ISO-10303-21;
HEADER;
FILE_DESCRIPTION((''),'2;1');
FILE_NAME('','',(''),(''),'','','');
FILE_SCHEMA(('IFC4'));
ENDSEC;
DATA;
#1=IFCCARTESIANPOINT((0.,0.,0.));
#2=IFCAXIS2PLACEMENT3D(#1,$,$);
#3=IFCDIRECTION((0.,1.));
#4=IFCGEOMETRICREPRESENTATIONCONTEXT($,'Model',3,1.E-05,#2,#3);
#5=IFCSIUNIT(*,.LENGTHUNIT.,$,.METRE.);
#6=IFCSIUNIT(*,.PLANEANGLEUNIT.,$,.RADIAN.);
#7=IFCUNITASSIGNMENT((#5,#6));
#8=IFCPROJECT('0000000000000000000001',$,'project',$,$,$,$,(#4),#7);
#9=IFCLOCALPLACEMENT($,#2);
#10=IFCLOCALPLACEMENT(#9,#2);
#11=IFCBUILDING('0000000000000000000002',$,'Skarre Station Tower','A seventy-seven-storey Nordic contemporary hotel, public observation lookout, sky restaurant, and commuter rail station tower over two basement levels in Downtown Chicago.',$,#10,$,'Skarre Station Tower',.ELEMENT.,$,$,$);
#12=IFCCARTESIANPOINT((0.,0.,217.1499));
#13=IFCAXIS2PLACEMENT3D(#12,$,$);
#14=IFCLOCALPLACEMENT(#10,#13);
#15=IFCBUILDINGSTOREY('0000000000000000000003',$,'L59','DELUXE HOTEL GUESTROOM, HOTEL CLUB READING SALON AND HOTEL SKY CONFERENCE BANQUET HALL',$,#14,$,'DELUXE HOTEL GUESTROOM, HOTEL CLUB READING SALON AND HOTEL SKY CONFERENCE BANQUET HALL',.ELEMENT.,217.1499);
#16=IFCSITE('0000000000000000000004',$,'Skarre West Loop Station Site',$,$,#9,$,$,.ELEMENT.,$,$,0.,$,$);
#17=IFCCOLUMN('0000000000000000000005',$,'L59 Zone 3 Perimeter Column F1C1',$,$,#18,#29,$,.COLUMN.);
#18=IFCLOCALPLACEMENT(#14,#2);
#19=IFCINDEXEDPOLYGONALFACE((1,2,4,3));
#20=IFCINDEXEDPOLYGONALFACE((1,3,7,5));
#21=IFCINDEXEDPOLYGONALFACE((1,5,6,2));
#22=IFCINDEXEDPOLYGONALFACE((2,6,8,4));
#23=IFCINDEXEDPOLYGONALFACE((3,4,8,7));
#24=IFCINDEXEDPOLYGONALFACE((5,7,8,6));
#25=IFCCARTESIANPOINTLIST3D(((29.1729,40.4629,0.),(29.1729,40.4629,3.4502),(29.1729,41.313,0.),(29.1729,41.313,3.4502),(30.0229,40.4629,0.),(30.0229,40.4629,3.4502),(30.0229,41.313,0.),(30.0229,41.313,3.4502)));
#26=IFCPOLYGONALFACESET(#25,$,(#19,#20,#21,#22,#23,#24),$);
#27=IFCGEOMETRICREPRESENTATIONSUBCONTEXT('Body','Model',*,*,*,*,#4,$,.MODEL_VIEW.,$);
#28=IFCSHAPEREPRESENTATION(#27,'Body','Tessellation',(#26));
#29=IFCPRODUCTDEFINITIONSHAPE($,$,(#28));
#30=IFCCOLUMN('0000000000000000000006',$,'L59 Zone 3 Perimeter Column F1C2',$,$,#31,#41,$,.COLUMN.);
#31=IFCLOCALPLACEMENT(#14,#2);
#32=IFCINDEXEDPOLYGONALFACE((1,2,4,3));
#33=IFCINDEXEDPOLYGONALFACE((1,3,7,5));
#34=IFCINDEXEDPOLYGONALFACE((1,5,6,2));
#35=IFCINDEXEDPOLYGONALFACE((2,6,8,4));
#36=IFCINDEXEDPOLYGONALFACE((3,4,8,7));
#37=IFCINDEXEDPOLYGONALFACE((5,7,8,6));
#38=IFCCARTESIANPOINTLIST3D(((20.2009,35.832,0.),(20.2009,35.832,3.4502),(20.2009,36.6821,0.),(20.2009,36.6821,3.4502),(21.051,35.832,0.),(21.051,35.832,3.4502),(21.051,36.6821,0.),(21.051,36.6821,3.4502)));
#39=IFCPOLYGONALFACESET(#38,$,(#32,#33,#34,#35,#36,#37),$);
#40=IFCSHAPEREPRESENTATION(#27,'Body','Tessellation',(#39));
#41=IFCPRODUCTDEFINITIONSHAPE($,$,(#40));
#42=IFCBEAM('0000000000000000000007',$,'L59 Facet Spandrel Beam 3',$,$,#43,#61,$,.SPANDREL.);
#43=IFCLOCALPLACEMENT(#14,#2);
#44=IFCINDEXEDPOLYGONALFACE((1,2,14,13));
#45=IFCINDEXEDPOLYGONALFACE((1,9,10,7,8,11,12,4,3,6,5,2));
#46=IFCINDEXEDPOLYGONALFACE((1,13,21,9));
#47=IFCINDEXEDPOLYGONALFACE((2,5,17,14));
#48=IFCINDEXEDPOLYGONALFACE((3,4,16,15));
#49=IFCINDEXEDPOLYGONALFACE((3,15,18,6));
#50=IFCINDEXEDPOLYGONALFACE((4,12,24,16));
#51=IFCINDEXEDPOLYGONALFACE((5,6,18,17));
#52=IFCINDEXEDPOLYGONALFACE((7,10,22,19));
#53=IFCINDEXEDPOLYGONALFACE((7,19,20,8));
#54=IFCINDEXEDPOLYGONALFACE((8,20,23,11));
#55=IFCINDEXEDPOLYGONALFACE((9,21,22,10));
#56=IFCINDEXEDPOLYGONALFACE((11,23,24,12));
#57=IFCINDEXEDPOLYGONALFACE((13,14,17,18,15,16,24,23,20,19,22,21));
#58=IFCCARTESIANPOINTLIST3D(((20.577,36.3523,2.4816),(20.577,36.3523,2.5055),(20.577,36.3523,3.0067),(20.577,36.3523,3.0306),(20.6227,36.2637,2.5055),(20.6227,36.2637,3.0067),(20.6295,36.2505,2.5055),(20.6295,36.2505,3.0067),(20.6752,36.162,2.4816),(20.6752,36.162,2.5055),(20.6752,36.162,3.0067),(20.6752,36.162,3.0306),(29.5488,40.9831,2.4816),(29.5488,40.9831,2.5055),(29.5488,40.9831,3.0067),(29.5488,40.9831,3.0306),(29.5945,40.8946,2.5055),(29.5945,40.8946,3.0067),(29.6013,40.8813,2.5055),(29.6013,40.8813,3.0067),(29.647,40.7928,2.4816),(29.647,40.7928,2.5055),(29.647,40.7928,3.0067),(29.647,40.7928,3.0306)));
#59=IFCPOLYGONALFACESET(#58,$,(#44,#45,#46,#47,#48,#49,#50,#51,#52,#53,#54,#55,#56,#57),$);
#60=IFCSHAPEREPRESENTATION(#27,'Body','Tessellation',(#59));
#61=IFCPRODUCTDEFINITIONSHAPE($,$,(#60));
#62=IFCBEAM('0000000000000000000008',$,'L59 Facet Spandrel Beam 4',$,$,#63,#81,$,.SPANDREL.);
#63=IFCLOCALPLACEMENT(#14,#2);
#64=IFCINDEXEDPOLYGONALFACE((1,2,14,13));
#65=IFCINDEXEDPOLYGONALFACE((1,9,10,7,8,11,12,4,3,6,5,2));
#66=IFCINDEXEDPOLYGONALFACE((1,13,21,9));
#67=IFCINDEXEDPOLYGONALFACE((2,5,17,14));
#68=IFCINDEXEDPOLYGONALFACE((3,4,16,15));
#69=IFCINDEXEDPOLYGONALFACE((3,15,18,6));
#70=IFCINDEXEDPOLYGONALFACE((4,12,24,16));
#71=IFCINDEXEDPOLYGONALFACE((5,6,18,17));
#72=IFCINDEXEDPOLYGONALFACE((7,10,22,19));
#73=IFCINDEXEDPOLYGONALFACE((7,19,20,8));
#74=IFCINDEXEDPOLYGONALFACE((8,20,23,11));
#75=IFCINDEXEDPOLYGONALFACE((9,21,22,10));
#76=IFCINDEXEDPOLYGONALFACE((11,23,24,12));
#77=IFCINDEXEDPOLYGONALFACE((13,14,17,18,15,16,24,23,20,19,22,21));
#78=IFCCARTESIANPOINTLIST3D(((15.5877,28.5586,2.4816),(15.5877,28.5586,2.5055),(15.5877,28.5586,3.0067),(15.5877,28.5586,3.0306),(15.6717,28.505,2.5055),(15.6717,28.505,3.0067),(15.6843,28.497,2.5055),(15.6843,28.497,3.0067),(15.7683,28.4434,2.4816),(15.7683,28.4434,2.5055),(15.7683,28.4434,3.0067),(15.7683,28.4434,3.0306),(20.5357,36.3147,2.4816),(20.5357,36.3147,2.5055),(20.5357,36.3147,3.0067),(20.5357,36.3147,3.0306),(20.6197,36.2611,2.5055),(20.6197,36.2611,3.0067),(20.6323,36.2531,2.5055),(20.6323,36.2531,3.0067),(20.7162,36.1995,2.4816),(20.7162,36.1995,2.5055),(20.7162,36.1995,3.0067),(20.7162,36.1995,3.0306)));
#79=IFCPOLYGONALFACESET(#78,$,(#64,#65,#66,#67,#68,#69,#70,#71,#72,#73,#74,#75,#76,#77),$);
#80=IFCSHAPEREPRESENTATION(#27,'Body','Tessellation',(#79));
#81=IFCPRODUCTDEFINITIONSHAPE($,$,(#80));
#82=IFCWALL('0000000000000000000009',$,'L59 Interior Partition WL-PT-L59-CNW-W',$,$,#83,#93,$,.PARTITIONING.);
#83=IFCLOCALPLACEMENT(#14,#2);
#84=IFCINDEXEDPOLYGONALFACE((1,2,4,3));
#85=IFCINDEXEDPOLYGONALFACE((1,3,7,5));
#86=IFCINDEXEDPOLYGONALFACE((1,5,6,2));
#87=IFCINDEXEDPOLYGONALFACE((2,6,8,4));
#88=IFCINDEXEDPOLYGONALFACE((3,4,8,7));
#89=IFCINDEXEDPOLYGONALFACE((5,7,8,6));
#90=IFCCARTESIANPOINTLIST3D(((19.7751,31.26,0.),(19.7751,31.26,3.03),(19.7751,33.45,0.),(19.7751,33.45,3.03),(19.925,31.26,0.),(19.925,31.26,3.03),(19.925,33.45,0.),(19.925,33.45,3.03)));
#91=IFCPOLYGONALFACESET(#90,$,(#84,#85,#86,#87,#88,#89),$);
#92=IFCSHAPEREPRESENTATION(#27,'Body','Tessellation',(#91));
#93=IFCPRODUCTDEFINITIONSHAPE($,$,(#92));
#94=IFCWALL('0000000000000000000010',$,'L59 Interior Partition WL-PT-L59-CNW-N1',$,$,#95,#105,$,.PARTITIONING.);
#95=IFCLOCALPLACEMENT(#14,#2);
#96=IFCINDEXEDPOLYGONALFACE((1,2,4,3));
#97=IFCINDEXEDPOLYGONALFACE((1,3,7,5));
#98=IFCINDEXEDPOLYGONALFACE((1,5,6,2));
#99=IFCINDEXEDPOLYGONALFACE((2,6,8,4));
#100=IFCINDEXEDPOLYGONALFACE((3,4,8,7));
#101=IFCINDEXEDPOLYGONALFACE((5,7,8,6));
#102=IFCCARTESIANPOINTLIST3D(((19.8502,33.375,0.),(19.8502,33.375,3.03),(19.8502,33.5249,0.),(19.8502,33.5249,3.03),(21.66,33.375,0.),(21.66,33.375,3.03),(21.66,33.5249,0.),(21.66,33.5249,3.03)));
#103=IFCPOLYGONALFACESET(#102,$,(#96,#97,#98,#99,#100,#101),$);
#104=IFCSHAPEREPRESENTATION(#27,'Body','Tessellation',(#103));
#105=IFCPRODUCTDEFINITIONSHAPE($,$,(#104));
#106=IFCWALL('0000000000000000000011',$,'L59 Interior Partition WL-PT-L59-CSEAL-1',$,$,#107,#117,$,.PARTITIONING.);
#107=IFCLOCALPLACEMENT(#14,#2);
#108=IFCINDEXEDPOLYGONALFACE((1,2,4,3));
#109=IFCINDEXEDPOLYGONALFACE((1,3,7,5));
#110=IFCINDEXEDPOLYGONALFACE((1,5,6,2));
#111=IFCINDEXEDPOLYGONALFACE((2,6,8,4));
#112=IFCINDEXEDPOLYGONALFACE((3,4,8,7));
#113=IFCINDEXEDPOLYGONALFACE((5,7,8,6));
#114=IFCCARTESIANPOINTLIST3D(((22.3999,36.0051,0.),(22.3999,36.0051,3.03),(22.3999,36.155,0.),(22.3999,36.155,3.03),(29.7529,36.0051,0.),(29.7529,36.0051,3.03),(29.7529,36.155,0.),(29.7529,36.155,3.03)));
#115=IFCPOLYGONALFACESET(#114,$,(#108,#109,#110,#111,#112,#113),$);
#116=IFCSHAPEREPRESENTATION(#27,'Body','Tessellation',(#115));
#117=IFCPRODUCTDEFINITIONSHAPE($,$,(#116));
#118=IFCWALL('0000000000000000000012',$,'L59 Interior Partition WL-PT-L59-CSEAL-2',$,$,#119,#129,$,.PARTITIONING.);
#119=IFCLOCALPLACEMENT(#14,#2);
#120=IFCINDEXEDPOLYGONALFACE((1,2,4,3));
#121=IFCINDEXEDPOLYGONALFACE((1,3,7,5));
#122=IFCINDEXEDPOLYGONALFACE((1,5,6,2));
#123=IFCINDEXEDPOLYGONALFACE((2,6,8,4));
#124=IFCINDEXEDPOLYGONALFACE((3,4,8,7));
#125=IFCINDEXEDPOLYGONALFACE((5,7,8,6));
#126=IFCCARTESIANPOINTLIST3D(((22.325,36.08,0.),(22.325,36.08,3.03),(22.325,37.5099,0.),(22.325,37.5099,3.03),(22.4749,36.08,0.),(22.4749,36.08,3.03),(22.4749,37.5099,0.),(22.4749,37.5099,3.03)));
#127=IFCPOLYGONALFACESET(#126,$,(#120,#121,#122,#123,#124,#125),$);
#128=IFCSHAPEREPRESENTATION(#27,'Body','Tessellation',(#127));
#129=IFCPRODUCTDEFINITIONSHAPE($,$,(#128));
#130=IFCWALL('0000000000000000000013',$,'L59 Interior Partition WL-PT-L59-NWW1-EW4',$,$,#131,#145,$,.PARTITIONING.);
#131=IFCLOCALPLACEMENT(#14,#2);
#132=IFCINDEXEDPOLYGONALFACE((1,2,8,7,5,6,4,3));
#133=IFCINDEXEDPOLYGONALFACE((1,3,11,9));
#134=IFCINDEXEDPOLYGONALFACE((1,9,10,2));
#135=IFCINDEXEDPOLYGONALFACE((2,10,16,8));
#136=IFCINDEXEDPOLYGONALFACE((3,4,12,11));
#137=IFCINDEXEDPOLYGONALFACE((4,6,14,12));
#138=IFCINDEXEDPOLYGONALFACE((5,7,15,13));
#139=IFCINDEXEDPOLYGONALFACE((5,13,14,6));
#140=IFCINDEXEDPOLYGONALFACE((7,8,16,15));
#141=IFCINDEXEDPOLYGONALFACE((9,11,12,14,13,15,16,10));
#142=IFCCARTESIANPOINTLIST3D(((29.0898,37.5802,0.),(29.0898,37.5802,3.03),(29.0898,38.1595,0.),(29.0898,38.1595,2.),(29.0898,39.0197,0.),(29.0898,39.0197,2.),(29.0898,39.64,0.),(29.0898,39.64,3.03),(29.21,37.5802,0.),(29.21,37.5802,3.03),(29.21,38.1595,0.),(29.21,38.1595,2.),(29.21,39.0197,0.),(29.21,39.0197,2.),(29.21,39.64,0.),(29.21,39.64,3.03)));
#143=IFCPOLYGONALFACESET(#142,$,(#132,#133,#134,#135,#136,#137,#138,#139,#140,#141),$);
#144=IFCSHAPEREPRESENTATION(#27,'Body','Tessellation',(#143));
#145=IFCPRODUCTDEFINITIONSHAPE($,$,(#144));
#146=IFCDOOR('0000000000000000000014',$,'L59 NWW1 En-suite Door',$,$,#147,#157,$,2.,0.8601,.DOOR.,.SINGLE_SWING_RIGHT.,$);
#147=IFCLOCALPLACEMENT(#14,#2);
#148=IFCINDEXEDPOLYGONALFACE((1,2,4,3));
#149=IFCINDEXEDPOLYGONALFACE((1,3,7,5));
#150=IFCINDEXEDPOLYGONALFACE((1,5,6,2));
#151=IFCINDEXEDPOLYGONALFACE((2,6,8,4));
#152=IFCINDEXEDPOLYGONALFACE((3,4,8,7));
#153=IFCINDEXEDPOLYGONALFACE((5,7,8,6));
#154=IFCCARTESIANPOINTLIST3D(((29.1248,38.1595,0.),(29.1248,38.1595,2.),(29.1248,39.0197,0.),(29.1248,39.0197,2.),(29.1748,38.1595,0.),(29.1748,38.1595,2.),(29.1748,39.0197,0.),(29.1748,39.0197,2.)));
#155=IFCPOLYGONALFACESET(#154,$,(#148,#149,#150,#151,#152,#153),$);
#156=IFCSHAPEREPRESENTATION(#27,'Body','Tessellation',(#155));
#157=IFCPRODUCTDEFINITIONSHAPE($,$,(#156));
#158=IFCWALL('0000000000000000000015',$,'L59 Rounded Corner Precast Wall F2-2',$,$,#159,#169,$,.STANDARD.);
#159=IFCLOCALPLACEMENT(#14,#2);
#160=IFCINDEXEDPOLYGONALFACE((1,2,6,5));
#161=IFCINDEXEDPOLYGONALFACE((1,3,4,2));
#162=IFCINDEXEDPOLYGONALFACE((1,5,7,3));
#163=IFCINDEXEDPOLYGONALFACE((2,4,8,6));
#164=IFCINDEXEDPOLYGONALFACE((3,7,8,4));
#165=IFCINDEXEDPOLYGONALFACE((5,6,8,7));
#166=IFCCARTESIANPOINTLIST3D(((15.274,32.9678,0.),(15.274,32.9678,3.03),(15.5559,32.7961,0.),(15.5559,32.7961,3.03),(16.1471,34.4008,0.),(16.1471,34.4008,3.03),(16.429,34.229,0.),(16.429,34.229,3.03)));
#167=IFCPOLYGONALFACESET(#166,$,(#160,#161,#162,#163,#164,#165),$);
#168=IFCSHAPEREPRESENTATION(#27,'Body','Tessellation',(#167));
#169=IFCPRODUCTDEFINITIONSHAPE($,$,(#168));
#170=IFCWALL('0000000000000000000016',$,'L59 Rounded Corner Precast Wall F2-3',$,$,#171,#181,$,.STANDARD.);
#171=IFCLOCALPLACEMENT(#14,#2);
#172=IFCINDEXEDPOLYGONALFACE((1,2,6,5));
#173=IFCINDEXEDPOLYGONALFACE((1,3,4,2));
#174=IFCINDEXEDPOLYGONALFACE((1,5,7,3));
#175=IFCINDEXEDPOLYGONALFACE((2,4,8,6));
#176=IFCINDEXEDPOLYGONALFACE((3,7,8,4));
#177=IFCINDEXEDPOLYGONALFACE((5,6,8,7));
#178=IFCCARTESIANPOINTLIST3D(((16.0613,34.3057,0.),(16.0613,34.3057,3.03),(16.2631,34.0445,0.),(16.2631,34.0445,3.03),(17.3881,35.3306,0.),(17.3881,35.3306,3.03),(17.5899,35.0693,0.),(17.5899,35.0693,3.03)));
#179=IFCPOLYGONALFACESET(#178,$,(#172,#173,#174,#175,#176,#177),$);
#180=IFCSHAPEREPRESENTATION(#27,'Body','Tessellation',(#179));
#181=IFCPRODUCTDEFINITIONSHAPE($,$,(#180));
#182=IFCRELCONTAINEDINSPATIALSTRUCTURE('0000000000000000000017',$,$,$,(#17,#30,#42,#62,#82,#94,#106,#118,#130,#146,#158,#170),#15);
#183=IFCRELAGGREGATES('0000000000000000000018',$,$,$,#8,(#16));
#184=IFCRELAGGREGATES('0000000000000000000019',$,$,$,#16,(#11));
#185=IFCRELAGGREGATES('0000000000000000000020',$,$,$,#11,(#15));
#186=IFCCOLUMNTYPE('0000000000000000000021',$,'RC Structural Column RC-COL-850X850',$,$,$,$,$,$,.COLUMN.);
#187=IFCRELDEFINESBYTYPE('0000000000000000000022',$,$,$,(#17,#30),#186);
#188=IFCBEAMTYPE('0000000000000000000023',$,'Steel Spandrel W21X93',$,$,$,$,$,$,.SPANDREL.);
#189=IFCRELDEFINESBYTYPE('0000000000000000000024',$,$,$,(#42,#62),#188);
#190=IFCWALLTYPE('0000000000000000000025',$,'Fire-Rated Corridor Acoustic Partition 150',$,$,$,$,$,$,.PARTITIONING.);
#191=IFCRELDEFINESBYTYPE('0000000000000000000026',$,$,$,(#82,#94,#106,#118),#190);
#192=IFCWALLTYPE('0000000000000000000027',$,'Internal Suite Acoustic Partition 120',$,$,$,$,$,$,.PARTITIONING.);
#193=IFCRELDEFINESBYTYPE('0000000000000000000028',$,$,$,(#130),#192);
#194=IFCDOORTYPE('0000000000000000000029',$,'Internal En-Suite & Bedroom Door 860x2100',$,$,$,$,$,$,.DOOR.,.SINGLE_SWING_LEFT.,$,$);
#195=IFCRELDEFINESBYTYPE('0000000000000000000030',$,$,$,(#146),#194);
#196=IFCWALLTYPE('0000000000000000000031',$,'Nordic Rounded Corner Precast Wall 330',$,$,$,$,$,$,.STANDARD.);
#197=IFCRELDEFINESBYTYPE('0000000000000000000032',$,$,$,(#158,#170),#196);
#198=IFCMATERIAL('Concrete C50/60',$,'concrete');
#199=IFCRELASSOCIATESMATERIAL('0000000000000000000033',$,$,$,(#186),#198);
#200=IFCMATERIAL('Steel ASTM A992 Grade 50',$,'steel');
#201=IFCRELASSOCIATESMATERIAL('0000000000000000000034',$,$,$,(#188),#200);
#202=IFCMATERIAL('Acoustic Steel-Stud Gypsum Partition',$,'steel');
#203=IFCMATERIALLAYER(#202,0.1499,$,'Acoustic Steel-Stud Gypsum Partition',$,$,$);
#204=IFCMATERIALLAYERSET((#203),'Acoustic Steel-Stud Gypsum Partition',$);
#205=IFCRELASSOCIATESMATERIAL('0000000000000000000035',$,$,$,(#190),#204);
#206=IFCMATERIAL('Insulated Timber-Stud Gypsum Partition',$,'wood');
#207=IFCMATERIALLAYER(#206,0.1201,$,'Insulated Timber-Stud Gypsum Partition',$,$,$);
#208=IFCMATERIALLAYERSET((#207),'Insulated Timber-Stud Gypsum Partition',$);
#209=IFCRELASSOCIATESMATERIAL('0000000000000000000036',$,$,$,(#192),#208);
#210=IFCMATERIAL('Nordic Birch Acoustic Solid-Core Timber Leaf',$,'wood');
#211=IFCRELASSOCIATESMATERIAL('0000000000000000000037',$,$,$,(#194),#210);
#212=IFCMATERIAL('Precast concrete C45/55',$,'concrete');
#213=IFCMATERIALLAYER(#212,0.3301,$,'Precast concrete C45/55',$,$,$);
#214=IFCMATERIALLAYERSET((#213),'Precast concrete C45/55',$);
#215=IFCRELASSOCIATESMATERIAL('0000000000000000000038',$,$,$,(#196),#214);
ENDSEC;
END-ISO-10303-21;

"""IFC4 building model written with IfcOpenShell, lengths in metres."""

from ifc_helpers import new_model, si_unit, direction, frame, frame_2d, origin, origin_2d, place, context, subcontext, project, spatial, rectangle, i_section, extrude, material, layer, layer_set, material_profile, profile_set, type_object, element, fill, save


model = new_model("IFC4")

# Units and contexts
model_context = context("Model", 3, precision=1e-05, world=origin(), true_north=direction((0.0, 1.0)))
body_context = subcontext(model_context, "Body", "Model", "MODEL_VIEW")
ifc_project = project(units=[si_unit("LENGTHUNIT", "METRE"), si_unit("PLANEANGLEUNIT", "RADIAN")], contexts=[model_context])

# Site, building, storey
site_placement = place(None, origin())
site = spatial("IfcSite", under=ifc_project, at=site_placement, Name="Skarre West Loop Station Site", CompositionType="ELEMENT", RefElevation=0.0)
building_placement = place(site_placement, origin())
building = spatial("IfcBuilding", under=site, at=building_placement, Name="Skarre Station Tower", Description="A seventy-seven-storey Nordic contemporary hotel, public observation lookout, sky restaurant, and commuter rail station tower over two basement levels in Downtown Chicago.", LongName="Skarre Station Tower", CompositionType="ELEMENT")
storey_placement = place(building_placement, frame((0.0, 0.0, 217.1499)))
storey = spatial("IfcBuildingStorey", under=building, at=storey_placement, Name="L59", Description="DELUXE HOTEL GUESTROOM, HOTEL CLUB READING SALON AND HOTEL SKY CONFERENCE BANQUET HALL", LongName="DELUXE HOTEL GUESTROOM, HOTEL CLUB READING SALON AND HOTEL SKY CONFERENCE BANQUET HALL", CompositionType="ELEMENT", Elevation=217.1499)

# Columns
ifc_material_1 = material(Name="Concrete C50/60", Category="concrete")
ifc_material_profile_1 = material_profile(ifc_material_1, rectangle(XDim=0.8501, YDim=0.8501, at=origin_2d()), Name="Concrete C50/60")
ifc_profile_set_1 = profile_set([ifc_material_profile_1], Name="Concrete C50/60")
column_type = type_object("IfcColumnType", Name="RC Structural Column RC-COL-850X850", PredefinedType="COLUMN", material=ifc_profile_set_1)
for number, where, z_axis, x_axis, name in (
    (1, (29.5979, 40.8879, 0.0), (0.0, 0.0, 1.0), (1.0, 0.0, 0.0), "L59 Zone 3 Perimeter Column F1C1"),
    (2, (20.626, 36.2571, 0.0), (0.0, 0.0, 1.0), (1.0, 0.0, 0.0), "L59 Zone 3 Perimeter Column F1C2"),
):
    element("IfcColumn", number, at=place(storey_placement, frame(where, z_axis=z_axis, x_axis=x_axis)), inside=storey, type_object=column_type, Name=name, PredefinedType="COLUMN", context=body_context, shape_type="SweptSolid", body=[
        extrude(rectangle(XDim=0.8501, YDim=0.8501, at=origin_2d()), origin(), (0.0, 0.0, 1.0), 3.4502),
    ])

# Beams
ifc_material_2 = material(Name="Steel ASTM A992 Grade 50", Category="steel")
ifc_material_profile_2 = material_profile(ifc_material_2, i_section(OverallWidth=0.2141, OverallDepth=0.5491, WebThickness=0.0149, FlangeThickness=0.0239, at=origin_2d()), Name="Steel ASTM A992 Grade 50")
ifc_profile_set_2 = profile_set([ifc_material_profile_2], Name="Steel ASTM A992 Grade 50")
beam_type = type_object("IfcBeamType", Name="Steel Spandrel W21X93", PredefinedType="SPANDREL", material=ifc_profile_set_2)
beam_1_placement = place(storey_placement, frame((29.5979, 40.8879, 2.7561), z_axis=(-0.888613, -0.458658, 0.0), x_axis=(0.458658, -0.888613, 0.0)))
element("IfcBeam", 3, at=beam_1_placement, inside=storey, type_object=beam_type, Name="L59 Facet Spandrel Beam 3", PredefinedType="SPANDREL", context=body_context, shape_type="SweptSolid", body=[
    extrude(i_section(OverallWidth=0.2141, OverallDepth=0.5491, WebThickness=0.0149, FlangeThickness=0.0239, at=origin_2d()), origin(), (0.0, 0.0, 1.0), 10.0964),
])
beam_2_placement = place(storey_placement, frame((20.626, 36.2571, 2.7561), z_axis=(-0.537826, -0.843056, 0.0), x_axis=(0.843056, -0.537826, 0.0)))
element("IfcBeam", 4, at=beam_2_placement, inside=storey, type_object=beam_type, Name="L59 Facet Spandrel Beam 4", PredefinedType="SPANDREL", context=body_context, shape_type="SweptSolid", body=[
    extrude(i_section(OverallWidth=0.2141, OverallDepth=0.5491, WebThickness=0.0149, FlangeThickness=0.0239, at=origin_2d()), origin(), (0.0, 0.0, 1.0), 9.2),
])

# Walls
ifc_material_3 = material(Name="Acoustic Steel-Stud Gypsum Partition", Category="steel")
ifc_layer_1 = layer(ifc_material_3, 0.1499, Name="Acoustic Steel-Stud Gypsum Partition")
ifc_layer_set_1 = layer_set([ifc_layer_1], Name="Acoustic Steel-Stud Gypsum Partition")
wall_type_1 = type_object("IfcWallType", Name="Fire-Rated Corridor Acoustic Partition 150", PredefinedType="PARTITIONING", material=ifc_layer_set_1)
wall_1_placement = place(storey_placement, frame((19.8501, 33.45, 0.0), z_axis=(0.0, 0.0, 1.0), x_axis=(0.0, -1.0, 0.0)))
element("IfcWall", 5, at=wall_1_placement, inside=storey, type_object=wall_type_1, Name="L59 Interior Partition WL-PT-L59-CNW-W", PredefinedType="PARTITIONING", context=body_context, shape_type="SweptSolid", body=[
    extrude(rectangle(XDim=2.1899, YDim=0.1499, at=frame_2d((1.095, 0.0))), origin(), (0.0, 0.0, 1.0), 3.03),
])
wall_2_placement = place(storey_placement, frame((21.6599, 33.45, 0.0), z_axis=(0.0, 0.0, 1.0), x_axis=(-1.0, 0.0, 0.0)))
element("IfcWall", 6, at=wall_2_placement, inside=storey, type_object=wall_type_1, Name="L59 Interior Partition WL-PT-L59-CNW-N1", PredefinedType="PARTITIONING", context=body_context, shape_type="SweptSolid", body=[
    extrude(rectangle(XDim=1.8098, YDim=0.1499, at=frame_2d((0.9048, 0.0))), origin(), (0.0, 0.0, 1.0), 3.03),
])
wall_3_placement = place(storey_placement, frame((29.7529, 36.0801, 0.0), z_axis=(0.0, 0.0, 1.0), x_axis=(-1.0, 0.0, 0.0)))
element("IfcWall", 7, at=wall_3_placement, inside=storey, type_object=wall_type_1, Name="L59 Interior Partition WL-PT-L59-CSEAL-1", PredefinedType="PARTITIONING", context=body_context, shape_type="SweptSolid", body=[
    extrude(rectangle(XDim=7.353, YDim=0.1499, at=frame_2d((3.6765, 0.0))), origin(), (0.0, 0.0, 1.0), 3.03),
])
wall_4_placement = place(storey_placement, frame((22.3999, 36.0801, 0.0), z_axis=(0.0, 0.0, 1.0), x_axis=(0.0, 1.0, 0.0)))
element("IfcWall", 8, at=wall_4_placement, inside=storey, type_object=wall_type_1, Name="L59 Interior Partition WL-PT-L59-CSEAL-2", PredefinedType="PARTITIONING", context=body_context, shape_type="SweptSolid", body=[
    extrude(rectangle(XDim=1.4299, YDim=0.1499, at=frame_2d((0.7148, 0.0))), origin(), (0.0, 0.0, 1.0), 3.03),
])

# Wall, opening, door
ifc_material_4 = material(Name="Insulated Timber-Stud Gypsum Partition", Category="wood")
ifc_layer_2 = layer(ifc_material_4, 0.1201, Name="Insulated Timber-Stud Gypsum Partition")
ifc_layer_set_2 = layer_set([ifc_layer_2], Name="Insulated Timber-Stud Gypsum Partition")
wall_type_2 = type_object("IfcWallType", Name="Internal Suite Acoustic Partition 120", PredefinedType="PARTITIONING", material=ifc_layer_set_2)
wall_5_placement = place(storey_placement, frame((29.1499, 39.6399, 0.0), z_axis=(0.0, 0.0, 1.0), x_axis=(0.0, -1.0, 0.0)))
wall_5 = element("IfcWall", 9, at=wall_5_placement, inside=storey, type_object=wall_type_2, Name="L59 Interior Partition WL-PT-L59-NWW1-EW4", PredefinedType="PARTITIONING", context=body_context, shape_type="SweptSolid", body=[
    extrude(rectangle(XDim=2.0598, YDim=0.1201, at=frame_2d((1.0298, 0.0))), origin(), (0.0, 0.0, 1.0), 3.03),
])
opening_1_placement = place(wall_5_placement, frame((0.6201, 0.0, 0.0)))
opening_1 = element("IfcOpeningElement", 10, at=opening_1_placement, cuts=wall_5, PredefinedType="OPENING", context=body_context, shape_type="SweptSolid", body=[
    extrude(rectangle(XDim=0.8601, YDim=2.0, at=frame_2d((0.4302, 1.0))), frame((0.0, 0.0701, 0.0), z_axis=(0.0, -1.0, 0.0), x_axis=(1.0, 0.0, 0.0)), (0.0, 0.0, 1.0), 0.1401),
])
ifc_material_5 = material(Name="Nordic Birch Acoustic Solid-Core Timber Leaf", Category="wood")
door_type = type_object("IfcDoorType", Name="Internal En-Suite & Bedroom Door 860x2100", OperationType="SINGLE_SWING_LEFT", PredefinedType="DOOR", material=ifc_material_5)
door_placement = place(opening_1_placement, origin())
door = element("IfcDoor", 11, at=door_placement, inside=storey, type_object=door_type, Name="L59 NWW1 En-suite Door", OperationType="SINGLE_SWING_RIGHT", OverallHeight=2.0, OverallWidth=0.8601, PredefinedType="DOOR", context=body_context, shape_type="SweptSolid", body=[
    extrude(rectangle(XDim=0.8601, YDim=2.0, at=frame_2d((0.4302, 1.0))), frame((0.0, 0.0249, 0.0), z_axis=(0.0, -1.0, 0.0), x_axis=(1.0, 0.0, 0.0)), (0.0, 0.0, 1.0), 0.05),
])
fill(opening_1, door)

# Walls
ifc_material_6 = material(Name="Precast concrete C45/55", Category="concrete")
ifc_layer_3 = layer(ifc_material_6, 0.3301, Name="Precast concrete C45/55")
ifc_layer_set_3 = layer_set([ifc_layer_3], Name="Precast concrete C45/55")
wall_type_3 = type_object("IfcWallType", Name="Nordic Rounded Corner Precast Wall 330", PredefinedType="STANDARD", material=ifc_layer_set_3)
wall_6_placement = place(storey_placement, frame((15.415, 32.8821, 0.0), z_axis=(0.0, 0.0, 1.0), x_axis=(0.520325, 0.853968, 0.0)))
element("IfcWall", 12, at=wall_6_placement, inside=storey, type_object=wall_type_3, Name="L59 Rounded Corner Precast Wall F2-2", PredefinedType="STANDARD", context=body_context, shape_type="SweptSolid", body=[
    extrude(rectangle(XDim=1.678, YDim=0.3301, at=frame_2d((0.8389, 0.0))), origin(), (0.0, 0.0, 1.0), 3.03),
])
wall_7_placement = place(storey_placement, frame((16.1621, 34.175, 0.0), z_axis=(0.0, 0.0, 1.0), x_axis=(0.79141, 0.611286, 0.0)))
element("IfcWall", 13, at=wall_7_placement, inside=storey, type_object=wall_type_3, Name="L59 Rounded Corner Precast Wall F2-3", PredefinedType="STANDARD", context=body_context, shape_type="SweptSolid", body=[
    extrude(rectangle(XDim=1.6765, YDim=0.3301, at=frame_2d((0.8384, 0.0))), origin(), (0.0, 0.0, 1.0), 3.03),
])

save(model, "model.ifc")
